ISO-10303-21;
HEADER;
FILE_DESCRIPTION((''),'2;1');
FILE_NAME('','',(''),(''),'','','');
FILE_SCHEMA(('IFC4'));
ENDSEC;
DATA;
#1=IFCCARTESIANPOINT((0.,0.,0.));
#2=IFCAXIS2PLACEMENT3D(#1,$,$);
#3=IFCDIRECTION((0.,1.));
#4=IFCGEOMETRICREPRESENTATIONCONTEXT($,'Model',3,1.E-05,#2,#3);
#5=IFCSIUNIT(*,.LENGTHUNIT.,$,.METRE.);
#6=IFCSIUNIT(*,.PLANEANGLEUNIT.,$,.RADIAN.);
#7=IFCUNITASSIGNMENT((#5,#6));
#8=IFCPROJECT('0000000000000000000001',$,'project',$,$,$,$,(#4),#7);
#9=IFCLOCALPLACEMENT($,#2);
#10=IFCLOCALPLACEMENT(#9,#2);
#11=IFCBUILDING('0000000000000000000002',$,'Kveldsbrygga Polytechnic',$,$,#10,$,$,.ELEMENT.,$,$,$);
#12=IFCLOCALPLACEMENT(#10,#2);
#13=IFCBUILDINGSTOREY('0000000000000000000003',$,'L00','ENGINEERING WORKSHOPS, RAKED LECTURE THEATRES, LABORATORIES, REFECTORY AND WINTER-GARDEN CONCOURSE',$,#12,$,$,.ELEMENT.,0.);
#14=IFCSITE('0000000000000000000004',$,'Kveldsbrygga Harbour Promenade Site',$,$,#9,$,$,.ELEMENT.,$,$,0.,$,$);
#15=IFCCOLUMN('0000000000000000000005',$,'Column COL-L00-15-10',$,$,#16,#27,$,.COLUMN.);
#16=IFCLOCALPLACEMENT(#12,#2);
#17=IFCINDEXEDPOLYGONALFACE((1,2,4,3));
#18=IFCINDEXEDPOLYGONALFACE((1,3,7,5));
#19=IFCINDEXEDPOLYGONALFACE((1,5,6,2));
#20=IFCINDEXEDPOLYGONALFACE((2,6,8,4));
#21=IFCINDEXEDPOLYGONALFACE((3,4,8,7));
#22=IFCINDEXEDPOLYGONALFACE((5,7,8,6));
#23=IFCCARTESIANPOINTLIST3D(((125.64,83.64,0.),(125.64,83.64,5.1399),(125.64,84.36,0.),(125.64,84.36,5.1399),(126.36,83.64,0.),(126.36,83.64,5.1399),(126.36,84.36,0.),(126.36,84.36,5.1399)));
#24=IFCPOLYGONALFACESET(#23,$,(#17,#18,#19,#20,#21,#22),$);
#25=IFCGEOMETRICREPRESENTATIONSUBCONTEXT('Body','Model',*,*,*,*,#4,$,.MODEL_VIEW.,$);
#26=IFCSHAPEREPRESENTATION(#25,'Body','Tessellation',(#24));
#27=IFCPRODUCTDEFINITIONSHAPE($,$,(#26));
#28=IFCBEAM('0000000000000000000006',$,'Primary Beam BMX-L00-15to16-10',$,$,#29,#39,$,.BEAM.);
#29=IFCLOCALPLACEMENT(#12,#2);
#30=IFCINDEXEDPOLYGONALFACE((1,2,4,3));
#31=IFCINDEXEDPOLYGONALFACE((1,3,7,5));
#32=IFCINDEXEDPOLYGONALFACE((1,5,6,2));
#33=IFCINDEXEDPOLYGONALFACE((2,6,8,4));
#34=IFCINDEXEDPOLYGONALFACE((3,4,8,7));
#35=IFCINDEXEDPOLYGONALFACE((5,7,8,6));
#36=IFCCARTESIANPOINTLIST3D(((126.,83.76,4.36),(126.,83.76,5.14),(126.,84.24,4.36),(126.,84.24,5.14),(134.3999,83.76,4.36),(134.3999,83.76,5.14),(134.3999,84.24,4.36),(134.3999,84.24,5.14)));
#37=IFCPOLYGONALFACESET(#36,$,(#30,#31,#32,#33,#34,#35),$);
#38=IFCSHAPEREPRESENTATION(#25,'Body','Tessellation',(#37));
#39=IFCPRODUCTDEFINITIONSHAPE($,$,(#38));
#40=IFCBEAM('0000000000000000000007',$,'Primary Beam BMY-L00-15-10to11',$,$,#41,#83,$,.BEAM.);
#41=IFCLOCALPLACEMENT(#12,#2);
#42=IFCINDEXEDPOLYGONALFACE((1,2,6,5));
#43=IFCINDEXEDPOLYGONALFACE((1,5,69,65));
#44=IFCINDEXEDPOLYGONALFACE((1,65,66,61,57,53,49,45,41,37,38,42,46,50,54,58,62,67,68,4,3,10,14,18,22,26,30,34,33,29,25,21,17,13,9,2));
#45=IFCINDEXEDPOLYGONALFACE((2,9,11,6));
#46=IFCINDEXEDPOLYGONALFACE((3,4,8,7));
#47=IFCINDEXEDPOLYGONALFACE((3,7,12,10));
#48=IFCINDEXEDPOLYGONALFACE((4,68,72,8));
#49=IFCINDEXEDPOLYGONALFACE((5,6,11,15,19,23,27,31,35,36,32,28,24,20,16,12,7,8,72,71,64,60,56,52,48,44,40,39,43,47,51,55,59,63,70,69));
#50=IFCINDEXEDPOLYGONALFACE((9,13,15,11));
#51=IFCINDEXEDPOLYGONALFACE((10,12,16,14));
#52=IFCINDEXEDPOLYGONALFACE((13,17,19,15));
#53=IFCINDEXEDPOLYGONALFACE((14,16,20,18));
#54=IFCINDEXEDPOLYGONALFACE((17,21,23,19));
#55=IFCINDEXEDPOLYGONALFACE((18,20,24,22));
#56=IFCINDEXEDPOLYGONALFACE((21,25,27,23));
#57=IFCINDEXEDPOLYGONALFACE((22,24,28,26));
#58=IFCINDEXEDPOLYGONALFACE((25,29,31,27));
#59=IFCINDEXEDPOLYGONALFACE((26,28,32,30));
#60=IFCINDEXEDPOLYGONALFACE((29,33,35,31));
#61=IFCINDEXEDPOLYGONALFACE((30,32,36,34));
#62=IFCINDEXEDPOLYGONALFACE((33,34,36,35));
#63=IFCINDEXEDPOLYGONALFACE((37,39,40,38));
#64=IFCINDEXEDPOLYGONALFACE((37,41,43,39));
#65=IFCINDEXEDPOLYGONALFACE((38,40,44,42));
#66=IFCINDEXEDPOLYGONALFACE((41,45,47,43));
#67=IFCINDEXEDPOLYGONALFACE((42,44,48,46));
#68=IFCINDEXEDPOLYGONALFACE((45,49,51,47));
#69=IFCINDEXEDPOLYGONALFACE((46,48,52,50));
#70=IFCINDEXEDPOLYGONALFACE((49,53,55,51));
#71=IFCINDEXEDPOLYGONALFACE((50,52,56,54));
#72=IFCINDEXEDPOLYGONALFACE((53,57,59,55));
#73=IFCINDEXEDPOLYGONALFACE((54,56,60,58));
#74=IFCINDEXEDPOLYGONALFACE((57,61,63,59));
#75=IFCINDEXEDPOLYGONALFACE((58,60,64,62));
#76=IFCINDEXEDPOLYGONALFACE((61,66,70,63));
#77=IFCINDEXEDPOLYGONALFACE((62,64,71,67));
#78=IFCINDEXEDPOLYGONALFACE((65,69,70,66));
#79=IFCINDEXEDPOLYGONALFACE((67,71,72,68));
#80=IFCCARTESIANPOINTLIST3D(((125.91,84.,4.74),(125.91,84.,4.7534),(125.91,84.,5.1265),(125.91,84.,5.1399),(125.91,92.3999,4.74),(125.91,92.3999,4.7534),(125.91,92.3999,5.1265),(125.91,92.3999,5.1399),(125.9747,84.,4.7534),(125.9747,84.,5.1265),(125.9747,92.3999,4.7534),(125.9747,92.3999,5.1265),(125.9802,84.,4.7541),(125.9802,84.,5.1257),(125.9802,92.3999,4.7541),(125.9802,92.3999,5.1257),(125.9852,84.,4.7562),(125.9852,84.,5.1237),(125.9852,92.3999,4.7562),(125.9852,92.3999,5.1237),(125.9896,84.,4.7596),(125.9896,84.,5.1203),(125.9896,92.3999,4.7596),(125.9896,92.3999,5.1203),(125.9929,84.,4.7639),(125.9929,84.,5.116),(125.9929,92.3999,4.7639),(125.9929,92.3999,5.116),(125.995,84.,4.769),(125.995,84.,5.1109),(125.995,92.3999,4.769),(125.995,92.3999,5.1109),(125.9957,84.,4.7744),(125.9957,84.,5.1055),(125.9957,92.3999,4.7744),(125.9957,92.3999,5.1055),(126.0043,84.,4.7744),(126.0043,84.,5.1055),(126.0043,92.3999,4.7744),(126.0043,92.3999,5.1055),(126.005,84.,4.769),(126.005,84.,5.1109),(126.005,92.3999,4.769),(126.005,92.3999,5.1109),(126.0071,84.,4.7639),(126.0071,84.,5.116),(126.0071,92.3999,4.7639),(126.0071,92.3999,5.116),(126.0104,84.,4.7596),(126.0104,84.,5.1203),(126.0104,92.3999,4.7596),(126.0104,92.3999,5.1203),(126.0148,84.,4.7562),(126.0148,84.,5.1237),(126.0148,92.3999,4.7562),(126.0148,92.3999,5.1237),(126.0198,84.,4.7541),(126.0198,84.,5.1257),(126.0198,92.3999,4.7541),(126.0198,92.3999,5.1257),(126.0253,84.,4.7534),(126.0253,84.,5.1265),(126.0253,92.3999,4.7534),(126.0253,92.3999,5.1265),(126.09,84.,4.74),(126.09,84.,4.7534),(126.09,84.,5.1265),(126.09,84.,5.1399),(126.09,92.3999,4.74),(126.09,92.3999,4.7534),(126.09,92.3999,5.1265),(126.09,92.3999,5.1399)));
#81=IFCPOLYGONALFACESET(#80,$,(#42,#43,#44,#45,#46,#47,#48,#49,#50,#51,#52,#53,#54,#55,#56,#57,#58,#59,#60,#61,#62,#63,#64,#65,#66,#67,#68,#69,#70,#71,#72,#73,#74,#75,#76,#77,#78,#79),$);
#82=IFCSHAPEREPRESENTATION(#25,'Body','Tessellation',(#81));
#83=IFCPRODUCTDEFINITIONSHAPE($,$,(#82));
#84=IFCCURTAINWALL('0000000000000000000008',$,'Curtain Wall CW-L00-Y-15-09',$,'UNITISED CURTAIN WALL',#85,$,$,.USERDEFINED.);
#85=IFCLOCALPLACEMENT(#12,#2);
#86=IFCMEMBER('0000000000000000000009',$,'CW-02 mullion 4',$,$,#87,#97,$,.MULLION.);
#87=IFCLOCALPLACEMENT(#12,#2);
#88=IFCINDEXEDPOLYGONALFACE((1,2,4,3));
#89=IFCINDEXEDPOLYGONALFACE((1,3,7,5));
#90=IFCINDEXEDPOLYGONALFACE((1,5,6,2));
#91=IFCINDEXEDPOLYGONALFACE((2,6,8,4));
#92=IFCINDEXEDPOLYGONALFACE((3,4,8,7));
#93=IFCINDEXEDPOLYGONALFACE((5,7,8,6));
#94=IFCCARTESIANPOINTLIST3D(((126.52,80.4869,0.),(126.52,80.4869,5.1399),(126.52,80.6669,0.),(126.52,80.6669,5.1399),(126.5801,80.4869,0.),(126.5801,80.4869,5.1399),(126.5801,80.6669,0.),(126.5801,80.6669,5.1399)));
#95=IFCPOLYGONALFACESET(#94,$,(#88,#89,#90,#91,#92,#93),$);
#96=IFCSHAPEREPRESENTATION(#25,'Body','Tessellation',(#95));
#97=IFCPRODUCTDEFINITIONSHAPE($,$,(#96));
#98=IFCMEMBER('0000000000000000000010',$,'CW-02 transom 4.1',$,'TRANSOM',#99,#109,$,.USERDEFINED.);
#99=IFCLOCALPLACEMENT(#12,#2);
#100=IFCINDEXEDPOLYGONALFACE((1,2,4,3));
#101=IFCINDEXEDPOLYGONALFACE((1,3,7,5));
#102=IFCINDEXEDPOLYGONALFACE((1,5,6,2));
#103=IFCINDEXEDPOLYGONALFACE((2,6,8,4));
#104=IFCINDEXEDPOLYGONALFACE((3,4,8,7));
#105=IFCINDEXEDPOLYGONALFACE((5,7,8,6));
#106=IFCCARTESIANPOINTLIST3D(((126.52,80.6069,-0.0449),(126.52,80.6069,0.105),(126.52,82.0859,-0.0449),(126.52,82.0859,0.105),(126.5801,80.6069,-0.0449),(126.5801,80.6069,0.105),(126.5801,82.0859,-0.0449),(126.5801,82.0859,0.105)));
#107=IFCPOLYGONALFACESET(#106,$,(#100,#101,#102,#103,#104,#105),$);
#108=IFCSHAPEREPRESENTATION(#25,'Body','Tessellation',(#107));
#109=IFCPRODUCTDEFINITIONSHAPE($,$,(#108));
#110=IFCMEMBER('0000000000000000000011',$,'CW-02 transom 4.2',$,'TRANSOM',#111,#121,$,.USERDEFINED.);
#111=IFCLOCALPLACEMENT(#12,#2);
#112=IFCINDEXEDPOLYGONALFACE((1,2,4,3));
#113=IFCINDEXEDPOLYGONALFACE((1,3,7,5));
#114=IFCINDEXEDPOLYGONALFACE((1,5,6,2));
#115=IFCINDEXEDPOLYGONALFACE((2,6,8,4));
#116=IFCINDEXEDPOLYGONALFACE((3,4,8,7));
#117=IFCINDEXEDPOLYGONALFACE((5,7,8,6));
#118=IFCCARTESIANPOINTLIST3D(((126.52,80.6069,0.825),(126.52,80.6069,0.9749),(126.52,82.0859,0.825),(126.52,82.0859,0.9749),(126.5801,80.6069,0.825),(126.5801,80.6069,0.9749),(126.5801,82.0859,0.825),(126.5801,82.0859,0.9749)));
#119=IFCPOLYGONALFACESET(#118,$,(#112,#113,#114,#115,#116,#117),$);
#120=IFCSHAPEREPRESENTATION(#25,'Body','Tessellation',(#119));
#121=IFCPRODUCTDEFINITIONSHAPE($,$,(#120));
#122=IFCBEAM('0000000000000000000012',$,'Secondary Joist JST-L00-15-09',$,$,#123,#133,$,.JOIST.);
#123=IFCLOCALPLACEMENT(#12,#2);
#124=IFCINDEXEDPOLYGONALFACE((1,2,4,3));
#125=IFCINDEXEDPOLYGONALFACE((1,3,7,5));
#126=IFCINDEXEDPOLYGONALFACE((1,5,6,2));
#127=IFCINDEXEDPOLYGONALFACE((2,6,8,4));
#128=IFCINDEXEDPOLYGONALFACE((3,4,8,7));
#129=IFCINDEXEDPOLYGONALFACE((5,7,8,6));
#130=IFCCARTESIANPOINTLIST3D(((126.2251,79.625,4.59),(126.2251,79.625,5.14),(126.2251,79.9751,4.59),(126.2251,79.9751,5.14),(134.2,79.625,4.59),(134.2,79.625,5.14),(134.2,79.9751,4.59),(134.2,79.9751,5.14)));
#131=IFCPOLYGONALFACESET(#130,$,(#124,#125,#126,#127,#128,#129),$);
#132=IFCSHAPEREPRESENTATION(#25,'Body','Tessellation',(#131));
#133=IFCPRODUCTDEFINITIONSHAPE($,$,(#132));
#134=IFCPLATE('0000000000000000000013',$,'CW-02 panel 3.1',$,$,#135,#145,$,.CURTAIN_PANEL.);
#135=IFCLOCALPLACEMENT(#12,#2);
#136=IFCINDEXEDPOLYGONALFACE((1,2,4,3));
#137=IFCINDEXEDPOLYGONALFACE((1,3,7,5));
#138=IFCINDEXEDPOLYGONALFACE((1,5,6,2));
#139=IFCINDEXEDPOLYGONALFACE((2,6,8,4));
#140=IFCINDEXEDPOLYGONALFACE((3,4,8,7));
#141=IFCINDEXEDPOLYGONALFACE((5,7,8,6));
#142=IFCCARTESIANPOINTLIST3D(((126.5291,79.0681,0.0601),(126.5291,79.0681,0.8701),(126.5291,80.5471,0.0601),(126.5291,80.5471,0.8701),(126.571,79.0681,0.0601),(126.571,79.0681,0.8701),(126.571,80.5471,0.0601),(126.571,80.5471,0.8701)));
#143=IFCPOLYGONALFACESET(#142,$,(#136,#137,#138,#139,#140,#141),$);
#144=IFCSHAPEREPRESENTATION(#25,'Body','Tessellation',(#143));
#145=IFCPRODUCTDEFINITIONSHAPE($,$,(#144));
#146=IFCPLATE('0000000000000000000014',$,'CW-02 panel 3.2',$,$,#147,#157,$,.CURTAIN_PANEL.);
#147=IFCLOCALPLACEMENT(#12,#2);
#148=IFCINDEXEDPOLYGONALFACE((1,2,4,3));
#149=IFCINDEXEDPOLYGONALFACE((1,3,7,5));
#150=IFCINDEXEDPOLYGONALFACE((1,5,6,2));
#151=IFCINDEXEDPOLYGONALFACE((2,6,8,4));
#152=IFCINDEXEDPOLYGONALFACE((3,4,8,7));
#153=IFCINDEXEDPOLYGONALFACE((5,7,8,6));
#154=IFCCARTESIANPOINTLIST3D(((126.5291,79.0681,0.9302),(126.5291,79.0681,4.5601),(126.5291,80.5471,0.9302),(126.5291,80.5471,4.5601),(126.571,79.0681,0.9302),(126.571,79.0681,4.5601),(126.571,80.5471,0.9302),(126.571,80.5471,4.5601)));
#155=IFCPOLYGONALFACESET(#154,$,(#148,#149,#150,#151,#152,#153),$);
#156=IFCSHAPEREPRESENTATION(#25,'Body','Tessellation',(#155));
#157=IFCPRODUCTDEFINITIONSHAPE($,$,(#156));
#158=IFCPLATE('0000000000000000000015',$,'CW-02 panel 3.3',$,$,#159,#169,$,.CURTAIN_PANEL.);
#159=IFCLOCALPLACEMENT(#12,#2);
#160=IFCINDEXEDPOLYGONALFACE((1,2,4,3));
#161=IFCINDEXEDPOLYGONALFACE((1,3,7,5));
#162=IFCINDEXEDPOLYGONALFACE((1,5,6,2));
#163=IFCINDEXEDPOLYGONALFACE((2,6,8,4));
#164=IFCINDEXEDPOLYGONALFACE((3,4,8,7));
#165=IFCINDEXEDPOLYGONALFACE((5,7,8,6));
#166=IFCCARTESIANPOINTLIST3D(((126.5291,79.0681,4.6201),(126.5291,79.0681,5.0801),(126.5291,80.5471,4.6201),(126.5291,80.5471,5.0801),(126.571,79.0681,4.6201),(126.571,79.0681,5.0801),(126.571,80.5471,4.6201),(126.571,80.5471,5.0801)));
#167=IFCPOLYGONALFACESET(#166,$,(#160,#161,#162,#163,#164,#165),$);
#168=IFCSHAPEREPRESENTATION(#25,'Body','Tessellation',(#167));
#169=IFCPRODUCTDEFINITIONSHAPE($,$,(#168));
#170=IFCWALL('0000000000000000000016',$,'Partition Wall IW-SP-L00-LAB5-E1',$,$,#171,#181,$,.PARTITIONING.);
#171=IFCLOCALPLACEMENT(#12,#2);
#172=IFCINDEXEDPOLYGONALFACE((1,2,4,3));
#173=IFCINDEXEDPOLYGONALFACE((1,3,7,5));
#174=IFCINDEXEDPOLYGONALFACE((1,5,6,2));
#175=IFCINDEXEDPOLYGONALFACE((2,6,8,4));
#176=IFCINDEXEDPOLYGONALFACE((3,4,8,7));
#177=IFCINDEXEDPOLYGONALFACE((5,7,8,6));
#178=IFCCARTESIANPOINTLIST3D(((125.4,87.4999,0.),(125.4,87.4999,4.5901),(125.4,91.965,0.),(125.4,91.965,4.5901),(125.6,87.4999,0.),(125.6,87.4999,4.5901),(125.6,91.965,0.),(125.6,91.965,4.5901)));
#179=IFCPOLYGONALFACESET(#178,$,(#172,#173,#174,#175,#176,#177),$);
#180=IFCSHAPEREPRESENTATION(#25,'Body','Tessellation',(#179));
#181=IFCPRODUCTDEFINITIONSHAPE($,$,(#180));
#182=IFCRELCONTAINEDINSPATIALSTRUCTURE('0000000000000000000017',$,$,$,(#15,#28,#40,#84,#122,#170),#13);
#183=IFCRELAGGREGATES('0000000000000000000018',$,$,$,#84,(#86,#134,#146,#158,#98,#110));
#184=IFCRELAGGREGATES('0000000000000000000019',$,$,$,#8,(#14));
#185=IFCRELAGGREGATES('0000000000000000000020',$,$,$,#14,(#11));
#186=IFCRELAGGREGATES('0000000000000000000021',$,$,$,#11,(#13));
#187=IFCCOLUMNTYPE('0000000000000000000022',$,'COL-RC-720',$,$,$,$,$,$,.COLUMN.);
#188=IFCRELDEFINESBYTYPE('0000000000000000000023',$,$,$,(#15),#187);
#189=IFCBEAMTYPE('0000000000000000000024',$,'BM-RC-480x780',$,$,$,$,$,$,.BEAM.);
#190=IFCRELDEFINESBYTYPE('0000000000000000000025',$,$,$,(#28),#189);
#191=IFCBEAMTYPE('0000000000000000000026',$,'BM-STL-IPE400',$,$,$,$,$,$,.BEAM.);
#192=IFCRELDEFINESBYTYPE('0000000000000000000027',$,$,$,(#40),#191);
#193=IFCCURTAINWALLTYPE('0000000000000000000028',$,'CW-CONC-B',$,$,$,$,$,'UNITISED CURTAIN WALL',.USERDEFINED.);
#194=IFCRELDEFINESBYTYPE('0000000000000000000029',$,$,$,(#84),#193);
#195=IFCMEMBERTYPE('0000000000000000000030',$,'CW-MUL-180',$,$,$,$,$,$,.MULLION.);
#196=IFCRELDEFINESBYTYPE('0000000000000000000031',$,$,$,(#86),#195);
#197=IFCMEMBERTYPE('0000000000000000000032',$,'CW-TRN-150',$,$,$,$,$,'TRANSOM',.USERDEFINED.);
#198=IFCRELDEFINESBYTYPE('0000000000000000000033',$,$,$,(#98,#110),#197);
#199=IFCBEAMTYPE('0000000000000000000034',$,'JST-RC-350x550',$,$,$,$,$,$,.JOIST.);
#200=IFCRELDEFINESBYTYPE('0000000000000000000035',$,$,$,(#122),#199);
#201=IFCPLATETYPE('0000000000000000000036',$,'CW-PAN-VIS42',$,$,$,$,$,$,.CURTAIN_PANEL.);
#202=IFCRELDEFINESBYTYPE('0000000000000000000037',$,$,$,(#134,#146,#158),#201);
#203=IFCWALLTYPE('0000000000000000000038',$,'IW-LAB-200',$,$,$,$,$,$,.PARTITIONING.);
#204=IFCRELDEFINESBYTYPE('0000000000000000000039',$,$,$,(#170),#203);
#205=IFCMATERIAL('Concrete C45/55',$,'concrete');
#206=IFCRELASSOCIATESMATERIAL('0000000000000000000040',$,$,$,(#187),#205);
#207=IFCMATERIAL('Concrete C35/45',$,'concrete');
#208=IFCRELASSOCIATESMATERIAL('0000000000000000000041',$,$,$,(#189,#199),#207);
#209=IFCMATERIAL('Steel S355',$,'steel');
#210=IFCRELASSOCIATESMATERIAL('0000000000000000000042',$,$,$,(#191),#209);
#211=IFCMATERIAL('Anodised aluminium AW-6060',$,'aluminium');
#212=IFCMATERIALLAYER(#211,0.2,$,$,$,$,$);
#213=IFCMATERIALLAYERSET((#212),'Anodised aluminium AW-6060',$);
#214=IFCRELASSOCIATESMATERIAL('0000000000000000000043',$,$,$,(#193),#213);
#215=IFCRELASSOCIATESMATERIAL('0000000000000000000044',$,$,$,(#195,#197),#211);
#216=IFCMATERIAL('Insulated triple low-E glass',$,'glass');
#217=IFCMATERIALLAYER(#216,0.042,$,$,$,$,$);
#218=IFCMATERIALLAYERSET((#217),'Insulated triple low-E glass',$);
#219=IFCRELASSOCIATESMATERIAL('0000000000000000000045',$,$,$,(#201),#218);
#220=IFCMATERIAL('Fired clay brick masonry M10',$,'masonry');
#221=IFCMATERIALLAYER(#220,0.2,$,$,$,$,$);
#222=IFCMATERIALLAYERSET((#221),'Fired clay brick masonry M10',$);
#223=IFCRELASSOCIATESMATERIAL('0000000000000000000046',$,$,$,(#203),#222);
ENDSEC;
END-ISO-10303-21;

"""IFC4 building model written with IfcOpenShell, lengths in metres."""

from ifc_helpers import new_model, si_unit, direction, frame, frame_2d, origin, origin_2d, place, context, subcontext, project, spatial, rectangle, i_section, extrude, material, layer, layer_set, material_profile, profile_set, type_object, element, aggregate, save


model = new_model("IFC4")

# Units and contexts
model_context = context("Model", 3, precision=1e-05, world=origin(), true_north=direction((0.0, 1.0)))
body_context = subcontext(model_context, "Body", "Model", "MODEL_VIEW")
ifc_project = project(units=[si_unit("LENGTHUNIT", "METRE"), si_unit("PLANEANGLEUNIT", "RADIAN")], contexts=[model_context])

# Site, building, storey
site_placement = place(None, origin())
site = spatial("IfcSite", under=ifc_project, at=site_placement, Name="Kveldsbrygga Harbour Promenade Site", CompositionType="ELEMENT", RefElevation=0.0)
building_placement = place(site_placement, origin())
building = spatial("IfcBuilding", under=site, at=building_placement, Name="Kveldsbrygga Polytechnic", CompositionType="ELEMENT")
storey_placement = place(building_placement, origin())
storey = spatial("IfcBuildingStorey", under=building, at=storey_placement, Name="L00", Description="ENGINEERING WORKSHOPS, RAKED LECTURE THEATRES, LABORATORIES, REFECTORY AND WINTER-GARDEN CONCOURSE", CompositionType="ELEMENT", Elevation=0.0)

# Column
ifc_material_1 = material(Name="Concrete C45/55", Category="concrete")
ifc_material_profile_1 = material_profile(ifc_material_1, rectangle(XDim=0.72, YDim=0.72, at=origin_2d()), Name="RC 720x720")
ifc_profile_set_1 = profile_set([ifc_material_profile_1], Name="Concrete C45/55")
column_type = type_object("IfcColumnType", Name="COL-RC-720", PredefinedType="COLUMN", material=ifc_profile_set_1)
column_placement = place(storey_placement, frame((126.0, 84.0, 0.0), z_axis=(0.0, 0.0, 1.0), x_axis=(1.0, 0.0, 0.0)))
element("IfcColumn", 1, at=column_placement, inside=storey, type_object=column_type, Name="Column COL-L00-15-10", PredefinedType="COLUMN", context=body_context, shape_type="SweptSolid", body=[
    extrude(rectangle(XDim=0.72, YDim=0.72, at=origin_2d()), origin(), (0.0, 0.0, 1.0), 5.1399),
])

# Beams
ifc_material_2 = material(Name="Concrete C35/45", Category="concrete")
ifc_material_profile_2 = material_profile(ifc_material_2, rectangle(XDim=0.48, YDim=0.78, at=origin_2d()), Name="RC 480x780")
ifc_profile_set_2 = profile_set([ifc_material_profile_2], Name="Concrete C35/45")
beam_type_1 = type_object("IfcBeamType", Name="BM-RC-480x780", PredefinedType="BEAM", material=ifc_profile_set_2)
beam_1_placement = place(storey_placement, frame((126.0, 84.0, 4.75), z_axis=(1.0, 0.0, 0.0), x_axis=(0.0, 1.0, 0.0)))
element("IfcBeam", 2, at=beam_1_placement, inside=storey, type_object=beam_type_1, Name="Primary Beam BMX-L00-15to16-10", PredefinedType="BEAM", context=body_context, shape_type="SweptSolid", body=[
    extrude(rectangle(XDim=0.48, YDim=0.78, at=origin_2d()), origin(), (0.0, 0.0, 1.0), 8.3999),
])
ifc_material_3 = material(Name="Steel S355", Category="steel")
ifc_material_profile_3 = material_profile(ifc_material_3, i_section(OverallWidth=0.1799, OverallDepth=0.3999, WebThickness=0.0085, FlangeThickness=0.0134, FilletRadius=0.021, at=origin_2d()), Name="IPE 400")
ifc_profile_set_3 = profile_set([ifc_material_profile_3], Name="Steel S355")
beam_type_2 = type_object("IfcBeamType", Name="BM-STL-IPE400", PredefinedType="BEAM", material=ifc_profile_set_3)
beam_2_placement = place(storey_placement, frame((126.0, 84.0, 4.9399), z_axis=(0.0, 1.0, 0.0), x_axis=(-1.0, 0.0, 0.0)))
element("IfcBeam", 3, at=beam_2_placement, inside=storey, type_object=beam_type_2, Name="Primary Beam BMY-L00-15-10to11", PredefinedType="BEAM", context=body_context, shape_type="SweptSolid", body=[
    extrude(i_section(OverallWidth=0.1799, OverallDepth=0.3999, WebThickness=0.0085, FlangeThickness=0.0134, FilletRadius=0.021, at=origin_2d()), origin(), (0.0, 0.0, 1.0), 8.3999),
])

# Curtain wall, members
ifc_material_4 = material(Name="Anodised aluminium AW-6060", Category="aluminium")
ifc_layer_1 = layer(ifc_material_4, 0.2)
ifc_layer_set_1 = layer_set([ifc_layer_1], Name="Anodised aluminium AW-6060")
curtain_wall_type = type_object("IfcCurtainWallType", Name="CW-CONC-B", ElementType="UNITISED CURTAIN WALL", PredefinedType="USERDEFINED", material=ifc_layer_set_1)
curtain_wall_placement = place(storey_placement, origin())
curtain_wall = element("IfcCurtainWall", 4, at=curtain_wall_placement, inside=storey, type_object=curtain_wall_type, Name="Curtain Wall CW-L00-Y-15-09", ObjectType="UNITISED CURTAIN WALL", PredefinedType="USERDEFINED")
ifc_material_profile_4 = material_profile(ifc_material_4, rectangle(XDim=0.0601, YDim=0.1799, at=origin_2d()), Name="ALU 60x180")
ifc_profile_set_4 = profile_set([ifc_material_profile_4], Name="Anodised aluminium AW-6060")
member_type_1 = type_object("IfcMemberType", Name="CW-MUL-180", PredefinedType="MULLION", material=ifc_profile_set_4)
member_1_placement = place(storey_placement, frame((126.55, 80.5769, 0.0), z_axis=(0.0, 0.0, 1.0), x_axis=(-1.0, 0.0, 0.0)))
member_1 = element("IfcMember", 5, at=member_1_placement, type_object=member_type_1, Name="CW-02 mullion 4", PredefinedType="MULLION", context=body_context, shape_type="SweptSolid", body=[
    extrude(rectangle(XDim=0.0601, YDim=0.1799, at=origin_2d()), origin(), (0.0, 0.0, 1.0), 5.1399),
])
ifc_material_profile_5 = material_profile(ifc_material_4, rectangle(XDim=0.0601, YDim=0.1499, at=origin_2d()), Name="ALU 60x150")
ifc_profile_set_5 = profile_set([ifc_material_profile_5], Name="Anodised aluminium AW-6060")
member_type_2 = type_object("IfcMemberType", Name="CW-TRN-150", ElementType="TRANSOM", PredefinedType="USERDEFINED", material=ifc_profile_set_5)
member_2_placement = place(storey_placement, frame((126.55, 80.6069, 0.03), z_axis=(0.0, 1.0, 0.0), x_axis=(-1.0, 0.0, 0.0)))
member_2 = element("IfcMember", 6, at=member_2_placement, type_object=member_type_2, Name="CW-02 transom 4.1", ObjectType="TRANSOM", PredefinedType="USERDEFINED", context=body_context, shape_type="SweptSolid", body=[
    extrude(rectangle(XDim=0.0601, YDim=0.1499, at=origin_2d()), origin(), (0.0, 0.0, 1.0), 1.479),
])
member_3_placement = place(storey_placement, frame((126.55, 80.6069, 0.8999), z_axis=(0.0, 1.0, 0.0), x_axis=(-1.0, 0.0, 0.0)))
member_3 = element("IfcMember", 7, at=member_3_placement, type_object=member_type_2, Name="CW-02 transom 4.2", ObjectType="TRANSOM", PredefinedType="USERDEFINED", context=body_context, shape_type="SweptSolid", body=[
    extrude(rectangle(XDim=0.0601, YDim=0.1499, at=origin_2d()), origin(), (0.0, 0.0, 1.0), 1.479),
])

# Beam
ifc_material_profile_6 = material_profile(ifc_material_2, rectangle(XDim=0.3501, YDim=0.55, at=origin_2d()), Name="RC 350x550")
ifc_profile_set_6 = profile_set([ifc_material_profile_6], Name="Concrete C35/45")
beam_type_3 = type_object("IfcBeamType", Name="JST-RC-350x550", PredefinedType="JOIST", material=ifc_profile_set_6)
beam_3_placement = place(storey_placement, frame((126.2251, 79.8, 4.865), z_axis=(1.0, 0.0, 0.0), x_axis=(0.0, 1.0, 0.0)))
element("IfcBeam", 8, at=beam_3_placement, inside=storey, type_object=beam_type_3, Name="Secondary Joist JST-L00-15-09", PredefinedType="JOIST", context=body_context, shape_type="SweptSolid", body=[
    extrude(rectangle(XDim=0.3501, YDim=0.55, at=origin_2d()), origin(), (0.0, 0.0, 1.0), 7.9749),
])

# Plates
ifc_material_5 = material(Name="Insulated triple low-E glass", Category="glass")
ifc_layer_2 = layer(ifc_material_5, 0.042)
ifc_layer_set_2 = layer_set([ifc_layer_2], Name="Insulated triple low-E glass")
plate_type = type_object("IfcPlateType", Name="CW-PAN-VIS42", PredefinedType="CURTAIN_PANEL", material=ifc_layer_set_2)
plate_1_placement = place(storey_placement, frame((126.55, 79.8076, 0.0601), z_axis=(0.0, 0.0, 1.0), x_axis=(0.0, 1.0, 0.0)))
plate_1 = element("IfcPlate", 9, at=plate_1_placement, type_object=plate_type, Name="CW-02 panel 3.1", PredefinedType="CURTAIN_PANEL", context=body_context, shape_type="SweptSolid", body=[
    extrude(rectangle(XDim=1.479, YDim=0.042, at=origin_2d()), origin(), (0.0, 0.0, 1.0), 0.8101),
])
plate_2_placement = place(storey_placement, frame((126.55, 79.8076, 0.9302), z_axis=(0.0, 0.0, 1.0), x_axis=(0.0, 1.0, 0.0)))
plate_2 = element("IfcPlate", 10, at=plate_2_placement, type_object=plate_type, Name="CW-02 panel 3.2", PredefinedType="CURTAIN_PANEL", context=body_context, shape_type="SweptSolid", body=[
    extrude(rectangle(XDim=1.479, YDim=0.042, at=origin_2d()), origin(), (0.0, 0.0, 1.0), 3.6299),
])
plate_3_placement = place(storey_placement, frame((126.55, 79.8076, 4.6201), z_axis=(0.0, 0.0, 1.0), x_axis=(0.0, 1.0, 0.0)))
plate_3 = element("IfcPlate", 11, at=plate_3_placement, type_object=plate_type, Name="CW-02 panel 3.3", PredefinedType="CURTAIN_PANEL", context=body_context, shape_type="SweptSolid", body=[
    extrude(rectangle(XDim=1.479, YDim=0.042, at=origin_2d()), origin(), (0.0, 0.0, 1.0), 0.46),
])
aggregate(curtain_wall, [member_1, plate_1, plate_2, plate_3, member_2, member_3])

# Wall
ifc_material_6 = material(Name="Fired clay brick masonry M10", Category="masonry")
ifc_layer_3 = layer(ifc_material_6, 0.2)
ifc_layer_set_3 = layer_set([ifc_layer_3], Name="Fired clay brick masonry M10")
wall_type_1 = type_object("IfcWallType", Name="IW-LAB-200", PredefinedType="PARTITIONING", material=ifc_layer_set_3)
wall_1_placement = place(storey_placement, frame((125.5, 87.5, 0.0), z_axis=(0.0, 0.0, 1.0), x_axis=(0.0, 1.0, 0.0)))
element("IfcWall", 12, at=wall_1_placement, inside=storey, type_object=wall_type_1, Name="Partition Wall IW-SP-L00-LAB5-E1", PredefinedType="PARTITIONING", context=body_context, shape_type="SweptSolid", body=[
    extrude(rectangle(XDim=4.4651, YDim=0.2, at=frame_2d((2.2324, 0.0))), origin(), (0.0, 0.0, 1.0), 4.5901),
])

save(model, "model.ifc")
